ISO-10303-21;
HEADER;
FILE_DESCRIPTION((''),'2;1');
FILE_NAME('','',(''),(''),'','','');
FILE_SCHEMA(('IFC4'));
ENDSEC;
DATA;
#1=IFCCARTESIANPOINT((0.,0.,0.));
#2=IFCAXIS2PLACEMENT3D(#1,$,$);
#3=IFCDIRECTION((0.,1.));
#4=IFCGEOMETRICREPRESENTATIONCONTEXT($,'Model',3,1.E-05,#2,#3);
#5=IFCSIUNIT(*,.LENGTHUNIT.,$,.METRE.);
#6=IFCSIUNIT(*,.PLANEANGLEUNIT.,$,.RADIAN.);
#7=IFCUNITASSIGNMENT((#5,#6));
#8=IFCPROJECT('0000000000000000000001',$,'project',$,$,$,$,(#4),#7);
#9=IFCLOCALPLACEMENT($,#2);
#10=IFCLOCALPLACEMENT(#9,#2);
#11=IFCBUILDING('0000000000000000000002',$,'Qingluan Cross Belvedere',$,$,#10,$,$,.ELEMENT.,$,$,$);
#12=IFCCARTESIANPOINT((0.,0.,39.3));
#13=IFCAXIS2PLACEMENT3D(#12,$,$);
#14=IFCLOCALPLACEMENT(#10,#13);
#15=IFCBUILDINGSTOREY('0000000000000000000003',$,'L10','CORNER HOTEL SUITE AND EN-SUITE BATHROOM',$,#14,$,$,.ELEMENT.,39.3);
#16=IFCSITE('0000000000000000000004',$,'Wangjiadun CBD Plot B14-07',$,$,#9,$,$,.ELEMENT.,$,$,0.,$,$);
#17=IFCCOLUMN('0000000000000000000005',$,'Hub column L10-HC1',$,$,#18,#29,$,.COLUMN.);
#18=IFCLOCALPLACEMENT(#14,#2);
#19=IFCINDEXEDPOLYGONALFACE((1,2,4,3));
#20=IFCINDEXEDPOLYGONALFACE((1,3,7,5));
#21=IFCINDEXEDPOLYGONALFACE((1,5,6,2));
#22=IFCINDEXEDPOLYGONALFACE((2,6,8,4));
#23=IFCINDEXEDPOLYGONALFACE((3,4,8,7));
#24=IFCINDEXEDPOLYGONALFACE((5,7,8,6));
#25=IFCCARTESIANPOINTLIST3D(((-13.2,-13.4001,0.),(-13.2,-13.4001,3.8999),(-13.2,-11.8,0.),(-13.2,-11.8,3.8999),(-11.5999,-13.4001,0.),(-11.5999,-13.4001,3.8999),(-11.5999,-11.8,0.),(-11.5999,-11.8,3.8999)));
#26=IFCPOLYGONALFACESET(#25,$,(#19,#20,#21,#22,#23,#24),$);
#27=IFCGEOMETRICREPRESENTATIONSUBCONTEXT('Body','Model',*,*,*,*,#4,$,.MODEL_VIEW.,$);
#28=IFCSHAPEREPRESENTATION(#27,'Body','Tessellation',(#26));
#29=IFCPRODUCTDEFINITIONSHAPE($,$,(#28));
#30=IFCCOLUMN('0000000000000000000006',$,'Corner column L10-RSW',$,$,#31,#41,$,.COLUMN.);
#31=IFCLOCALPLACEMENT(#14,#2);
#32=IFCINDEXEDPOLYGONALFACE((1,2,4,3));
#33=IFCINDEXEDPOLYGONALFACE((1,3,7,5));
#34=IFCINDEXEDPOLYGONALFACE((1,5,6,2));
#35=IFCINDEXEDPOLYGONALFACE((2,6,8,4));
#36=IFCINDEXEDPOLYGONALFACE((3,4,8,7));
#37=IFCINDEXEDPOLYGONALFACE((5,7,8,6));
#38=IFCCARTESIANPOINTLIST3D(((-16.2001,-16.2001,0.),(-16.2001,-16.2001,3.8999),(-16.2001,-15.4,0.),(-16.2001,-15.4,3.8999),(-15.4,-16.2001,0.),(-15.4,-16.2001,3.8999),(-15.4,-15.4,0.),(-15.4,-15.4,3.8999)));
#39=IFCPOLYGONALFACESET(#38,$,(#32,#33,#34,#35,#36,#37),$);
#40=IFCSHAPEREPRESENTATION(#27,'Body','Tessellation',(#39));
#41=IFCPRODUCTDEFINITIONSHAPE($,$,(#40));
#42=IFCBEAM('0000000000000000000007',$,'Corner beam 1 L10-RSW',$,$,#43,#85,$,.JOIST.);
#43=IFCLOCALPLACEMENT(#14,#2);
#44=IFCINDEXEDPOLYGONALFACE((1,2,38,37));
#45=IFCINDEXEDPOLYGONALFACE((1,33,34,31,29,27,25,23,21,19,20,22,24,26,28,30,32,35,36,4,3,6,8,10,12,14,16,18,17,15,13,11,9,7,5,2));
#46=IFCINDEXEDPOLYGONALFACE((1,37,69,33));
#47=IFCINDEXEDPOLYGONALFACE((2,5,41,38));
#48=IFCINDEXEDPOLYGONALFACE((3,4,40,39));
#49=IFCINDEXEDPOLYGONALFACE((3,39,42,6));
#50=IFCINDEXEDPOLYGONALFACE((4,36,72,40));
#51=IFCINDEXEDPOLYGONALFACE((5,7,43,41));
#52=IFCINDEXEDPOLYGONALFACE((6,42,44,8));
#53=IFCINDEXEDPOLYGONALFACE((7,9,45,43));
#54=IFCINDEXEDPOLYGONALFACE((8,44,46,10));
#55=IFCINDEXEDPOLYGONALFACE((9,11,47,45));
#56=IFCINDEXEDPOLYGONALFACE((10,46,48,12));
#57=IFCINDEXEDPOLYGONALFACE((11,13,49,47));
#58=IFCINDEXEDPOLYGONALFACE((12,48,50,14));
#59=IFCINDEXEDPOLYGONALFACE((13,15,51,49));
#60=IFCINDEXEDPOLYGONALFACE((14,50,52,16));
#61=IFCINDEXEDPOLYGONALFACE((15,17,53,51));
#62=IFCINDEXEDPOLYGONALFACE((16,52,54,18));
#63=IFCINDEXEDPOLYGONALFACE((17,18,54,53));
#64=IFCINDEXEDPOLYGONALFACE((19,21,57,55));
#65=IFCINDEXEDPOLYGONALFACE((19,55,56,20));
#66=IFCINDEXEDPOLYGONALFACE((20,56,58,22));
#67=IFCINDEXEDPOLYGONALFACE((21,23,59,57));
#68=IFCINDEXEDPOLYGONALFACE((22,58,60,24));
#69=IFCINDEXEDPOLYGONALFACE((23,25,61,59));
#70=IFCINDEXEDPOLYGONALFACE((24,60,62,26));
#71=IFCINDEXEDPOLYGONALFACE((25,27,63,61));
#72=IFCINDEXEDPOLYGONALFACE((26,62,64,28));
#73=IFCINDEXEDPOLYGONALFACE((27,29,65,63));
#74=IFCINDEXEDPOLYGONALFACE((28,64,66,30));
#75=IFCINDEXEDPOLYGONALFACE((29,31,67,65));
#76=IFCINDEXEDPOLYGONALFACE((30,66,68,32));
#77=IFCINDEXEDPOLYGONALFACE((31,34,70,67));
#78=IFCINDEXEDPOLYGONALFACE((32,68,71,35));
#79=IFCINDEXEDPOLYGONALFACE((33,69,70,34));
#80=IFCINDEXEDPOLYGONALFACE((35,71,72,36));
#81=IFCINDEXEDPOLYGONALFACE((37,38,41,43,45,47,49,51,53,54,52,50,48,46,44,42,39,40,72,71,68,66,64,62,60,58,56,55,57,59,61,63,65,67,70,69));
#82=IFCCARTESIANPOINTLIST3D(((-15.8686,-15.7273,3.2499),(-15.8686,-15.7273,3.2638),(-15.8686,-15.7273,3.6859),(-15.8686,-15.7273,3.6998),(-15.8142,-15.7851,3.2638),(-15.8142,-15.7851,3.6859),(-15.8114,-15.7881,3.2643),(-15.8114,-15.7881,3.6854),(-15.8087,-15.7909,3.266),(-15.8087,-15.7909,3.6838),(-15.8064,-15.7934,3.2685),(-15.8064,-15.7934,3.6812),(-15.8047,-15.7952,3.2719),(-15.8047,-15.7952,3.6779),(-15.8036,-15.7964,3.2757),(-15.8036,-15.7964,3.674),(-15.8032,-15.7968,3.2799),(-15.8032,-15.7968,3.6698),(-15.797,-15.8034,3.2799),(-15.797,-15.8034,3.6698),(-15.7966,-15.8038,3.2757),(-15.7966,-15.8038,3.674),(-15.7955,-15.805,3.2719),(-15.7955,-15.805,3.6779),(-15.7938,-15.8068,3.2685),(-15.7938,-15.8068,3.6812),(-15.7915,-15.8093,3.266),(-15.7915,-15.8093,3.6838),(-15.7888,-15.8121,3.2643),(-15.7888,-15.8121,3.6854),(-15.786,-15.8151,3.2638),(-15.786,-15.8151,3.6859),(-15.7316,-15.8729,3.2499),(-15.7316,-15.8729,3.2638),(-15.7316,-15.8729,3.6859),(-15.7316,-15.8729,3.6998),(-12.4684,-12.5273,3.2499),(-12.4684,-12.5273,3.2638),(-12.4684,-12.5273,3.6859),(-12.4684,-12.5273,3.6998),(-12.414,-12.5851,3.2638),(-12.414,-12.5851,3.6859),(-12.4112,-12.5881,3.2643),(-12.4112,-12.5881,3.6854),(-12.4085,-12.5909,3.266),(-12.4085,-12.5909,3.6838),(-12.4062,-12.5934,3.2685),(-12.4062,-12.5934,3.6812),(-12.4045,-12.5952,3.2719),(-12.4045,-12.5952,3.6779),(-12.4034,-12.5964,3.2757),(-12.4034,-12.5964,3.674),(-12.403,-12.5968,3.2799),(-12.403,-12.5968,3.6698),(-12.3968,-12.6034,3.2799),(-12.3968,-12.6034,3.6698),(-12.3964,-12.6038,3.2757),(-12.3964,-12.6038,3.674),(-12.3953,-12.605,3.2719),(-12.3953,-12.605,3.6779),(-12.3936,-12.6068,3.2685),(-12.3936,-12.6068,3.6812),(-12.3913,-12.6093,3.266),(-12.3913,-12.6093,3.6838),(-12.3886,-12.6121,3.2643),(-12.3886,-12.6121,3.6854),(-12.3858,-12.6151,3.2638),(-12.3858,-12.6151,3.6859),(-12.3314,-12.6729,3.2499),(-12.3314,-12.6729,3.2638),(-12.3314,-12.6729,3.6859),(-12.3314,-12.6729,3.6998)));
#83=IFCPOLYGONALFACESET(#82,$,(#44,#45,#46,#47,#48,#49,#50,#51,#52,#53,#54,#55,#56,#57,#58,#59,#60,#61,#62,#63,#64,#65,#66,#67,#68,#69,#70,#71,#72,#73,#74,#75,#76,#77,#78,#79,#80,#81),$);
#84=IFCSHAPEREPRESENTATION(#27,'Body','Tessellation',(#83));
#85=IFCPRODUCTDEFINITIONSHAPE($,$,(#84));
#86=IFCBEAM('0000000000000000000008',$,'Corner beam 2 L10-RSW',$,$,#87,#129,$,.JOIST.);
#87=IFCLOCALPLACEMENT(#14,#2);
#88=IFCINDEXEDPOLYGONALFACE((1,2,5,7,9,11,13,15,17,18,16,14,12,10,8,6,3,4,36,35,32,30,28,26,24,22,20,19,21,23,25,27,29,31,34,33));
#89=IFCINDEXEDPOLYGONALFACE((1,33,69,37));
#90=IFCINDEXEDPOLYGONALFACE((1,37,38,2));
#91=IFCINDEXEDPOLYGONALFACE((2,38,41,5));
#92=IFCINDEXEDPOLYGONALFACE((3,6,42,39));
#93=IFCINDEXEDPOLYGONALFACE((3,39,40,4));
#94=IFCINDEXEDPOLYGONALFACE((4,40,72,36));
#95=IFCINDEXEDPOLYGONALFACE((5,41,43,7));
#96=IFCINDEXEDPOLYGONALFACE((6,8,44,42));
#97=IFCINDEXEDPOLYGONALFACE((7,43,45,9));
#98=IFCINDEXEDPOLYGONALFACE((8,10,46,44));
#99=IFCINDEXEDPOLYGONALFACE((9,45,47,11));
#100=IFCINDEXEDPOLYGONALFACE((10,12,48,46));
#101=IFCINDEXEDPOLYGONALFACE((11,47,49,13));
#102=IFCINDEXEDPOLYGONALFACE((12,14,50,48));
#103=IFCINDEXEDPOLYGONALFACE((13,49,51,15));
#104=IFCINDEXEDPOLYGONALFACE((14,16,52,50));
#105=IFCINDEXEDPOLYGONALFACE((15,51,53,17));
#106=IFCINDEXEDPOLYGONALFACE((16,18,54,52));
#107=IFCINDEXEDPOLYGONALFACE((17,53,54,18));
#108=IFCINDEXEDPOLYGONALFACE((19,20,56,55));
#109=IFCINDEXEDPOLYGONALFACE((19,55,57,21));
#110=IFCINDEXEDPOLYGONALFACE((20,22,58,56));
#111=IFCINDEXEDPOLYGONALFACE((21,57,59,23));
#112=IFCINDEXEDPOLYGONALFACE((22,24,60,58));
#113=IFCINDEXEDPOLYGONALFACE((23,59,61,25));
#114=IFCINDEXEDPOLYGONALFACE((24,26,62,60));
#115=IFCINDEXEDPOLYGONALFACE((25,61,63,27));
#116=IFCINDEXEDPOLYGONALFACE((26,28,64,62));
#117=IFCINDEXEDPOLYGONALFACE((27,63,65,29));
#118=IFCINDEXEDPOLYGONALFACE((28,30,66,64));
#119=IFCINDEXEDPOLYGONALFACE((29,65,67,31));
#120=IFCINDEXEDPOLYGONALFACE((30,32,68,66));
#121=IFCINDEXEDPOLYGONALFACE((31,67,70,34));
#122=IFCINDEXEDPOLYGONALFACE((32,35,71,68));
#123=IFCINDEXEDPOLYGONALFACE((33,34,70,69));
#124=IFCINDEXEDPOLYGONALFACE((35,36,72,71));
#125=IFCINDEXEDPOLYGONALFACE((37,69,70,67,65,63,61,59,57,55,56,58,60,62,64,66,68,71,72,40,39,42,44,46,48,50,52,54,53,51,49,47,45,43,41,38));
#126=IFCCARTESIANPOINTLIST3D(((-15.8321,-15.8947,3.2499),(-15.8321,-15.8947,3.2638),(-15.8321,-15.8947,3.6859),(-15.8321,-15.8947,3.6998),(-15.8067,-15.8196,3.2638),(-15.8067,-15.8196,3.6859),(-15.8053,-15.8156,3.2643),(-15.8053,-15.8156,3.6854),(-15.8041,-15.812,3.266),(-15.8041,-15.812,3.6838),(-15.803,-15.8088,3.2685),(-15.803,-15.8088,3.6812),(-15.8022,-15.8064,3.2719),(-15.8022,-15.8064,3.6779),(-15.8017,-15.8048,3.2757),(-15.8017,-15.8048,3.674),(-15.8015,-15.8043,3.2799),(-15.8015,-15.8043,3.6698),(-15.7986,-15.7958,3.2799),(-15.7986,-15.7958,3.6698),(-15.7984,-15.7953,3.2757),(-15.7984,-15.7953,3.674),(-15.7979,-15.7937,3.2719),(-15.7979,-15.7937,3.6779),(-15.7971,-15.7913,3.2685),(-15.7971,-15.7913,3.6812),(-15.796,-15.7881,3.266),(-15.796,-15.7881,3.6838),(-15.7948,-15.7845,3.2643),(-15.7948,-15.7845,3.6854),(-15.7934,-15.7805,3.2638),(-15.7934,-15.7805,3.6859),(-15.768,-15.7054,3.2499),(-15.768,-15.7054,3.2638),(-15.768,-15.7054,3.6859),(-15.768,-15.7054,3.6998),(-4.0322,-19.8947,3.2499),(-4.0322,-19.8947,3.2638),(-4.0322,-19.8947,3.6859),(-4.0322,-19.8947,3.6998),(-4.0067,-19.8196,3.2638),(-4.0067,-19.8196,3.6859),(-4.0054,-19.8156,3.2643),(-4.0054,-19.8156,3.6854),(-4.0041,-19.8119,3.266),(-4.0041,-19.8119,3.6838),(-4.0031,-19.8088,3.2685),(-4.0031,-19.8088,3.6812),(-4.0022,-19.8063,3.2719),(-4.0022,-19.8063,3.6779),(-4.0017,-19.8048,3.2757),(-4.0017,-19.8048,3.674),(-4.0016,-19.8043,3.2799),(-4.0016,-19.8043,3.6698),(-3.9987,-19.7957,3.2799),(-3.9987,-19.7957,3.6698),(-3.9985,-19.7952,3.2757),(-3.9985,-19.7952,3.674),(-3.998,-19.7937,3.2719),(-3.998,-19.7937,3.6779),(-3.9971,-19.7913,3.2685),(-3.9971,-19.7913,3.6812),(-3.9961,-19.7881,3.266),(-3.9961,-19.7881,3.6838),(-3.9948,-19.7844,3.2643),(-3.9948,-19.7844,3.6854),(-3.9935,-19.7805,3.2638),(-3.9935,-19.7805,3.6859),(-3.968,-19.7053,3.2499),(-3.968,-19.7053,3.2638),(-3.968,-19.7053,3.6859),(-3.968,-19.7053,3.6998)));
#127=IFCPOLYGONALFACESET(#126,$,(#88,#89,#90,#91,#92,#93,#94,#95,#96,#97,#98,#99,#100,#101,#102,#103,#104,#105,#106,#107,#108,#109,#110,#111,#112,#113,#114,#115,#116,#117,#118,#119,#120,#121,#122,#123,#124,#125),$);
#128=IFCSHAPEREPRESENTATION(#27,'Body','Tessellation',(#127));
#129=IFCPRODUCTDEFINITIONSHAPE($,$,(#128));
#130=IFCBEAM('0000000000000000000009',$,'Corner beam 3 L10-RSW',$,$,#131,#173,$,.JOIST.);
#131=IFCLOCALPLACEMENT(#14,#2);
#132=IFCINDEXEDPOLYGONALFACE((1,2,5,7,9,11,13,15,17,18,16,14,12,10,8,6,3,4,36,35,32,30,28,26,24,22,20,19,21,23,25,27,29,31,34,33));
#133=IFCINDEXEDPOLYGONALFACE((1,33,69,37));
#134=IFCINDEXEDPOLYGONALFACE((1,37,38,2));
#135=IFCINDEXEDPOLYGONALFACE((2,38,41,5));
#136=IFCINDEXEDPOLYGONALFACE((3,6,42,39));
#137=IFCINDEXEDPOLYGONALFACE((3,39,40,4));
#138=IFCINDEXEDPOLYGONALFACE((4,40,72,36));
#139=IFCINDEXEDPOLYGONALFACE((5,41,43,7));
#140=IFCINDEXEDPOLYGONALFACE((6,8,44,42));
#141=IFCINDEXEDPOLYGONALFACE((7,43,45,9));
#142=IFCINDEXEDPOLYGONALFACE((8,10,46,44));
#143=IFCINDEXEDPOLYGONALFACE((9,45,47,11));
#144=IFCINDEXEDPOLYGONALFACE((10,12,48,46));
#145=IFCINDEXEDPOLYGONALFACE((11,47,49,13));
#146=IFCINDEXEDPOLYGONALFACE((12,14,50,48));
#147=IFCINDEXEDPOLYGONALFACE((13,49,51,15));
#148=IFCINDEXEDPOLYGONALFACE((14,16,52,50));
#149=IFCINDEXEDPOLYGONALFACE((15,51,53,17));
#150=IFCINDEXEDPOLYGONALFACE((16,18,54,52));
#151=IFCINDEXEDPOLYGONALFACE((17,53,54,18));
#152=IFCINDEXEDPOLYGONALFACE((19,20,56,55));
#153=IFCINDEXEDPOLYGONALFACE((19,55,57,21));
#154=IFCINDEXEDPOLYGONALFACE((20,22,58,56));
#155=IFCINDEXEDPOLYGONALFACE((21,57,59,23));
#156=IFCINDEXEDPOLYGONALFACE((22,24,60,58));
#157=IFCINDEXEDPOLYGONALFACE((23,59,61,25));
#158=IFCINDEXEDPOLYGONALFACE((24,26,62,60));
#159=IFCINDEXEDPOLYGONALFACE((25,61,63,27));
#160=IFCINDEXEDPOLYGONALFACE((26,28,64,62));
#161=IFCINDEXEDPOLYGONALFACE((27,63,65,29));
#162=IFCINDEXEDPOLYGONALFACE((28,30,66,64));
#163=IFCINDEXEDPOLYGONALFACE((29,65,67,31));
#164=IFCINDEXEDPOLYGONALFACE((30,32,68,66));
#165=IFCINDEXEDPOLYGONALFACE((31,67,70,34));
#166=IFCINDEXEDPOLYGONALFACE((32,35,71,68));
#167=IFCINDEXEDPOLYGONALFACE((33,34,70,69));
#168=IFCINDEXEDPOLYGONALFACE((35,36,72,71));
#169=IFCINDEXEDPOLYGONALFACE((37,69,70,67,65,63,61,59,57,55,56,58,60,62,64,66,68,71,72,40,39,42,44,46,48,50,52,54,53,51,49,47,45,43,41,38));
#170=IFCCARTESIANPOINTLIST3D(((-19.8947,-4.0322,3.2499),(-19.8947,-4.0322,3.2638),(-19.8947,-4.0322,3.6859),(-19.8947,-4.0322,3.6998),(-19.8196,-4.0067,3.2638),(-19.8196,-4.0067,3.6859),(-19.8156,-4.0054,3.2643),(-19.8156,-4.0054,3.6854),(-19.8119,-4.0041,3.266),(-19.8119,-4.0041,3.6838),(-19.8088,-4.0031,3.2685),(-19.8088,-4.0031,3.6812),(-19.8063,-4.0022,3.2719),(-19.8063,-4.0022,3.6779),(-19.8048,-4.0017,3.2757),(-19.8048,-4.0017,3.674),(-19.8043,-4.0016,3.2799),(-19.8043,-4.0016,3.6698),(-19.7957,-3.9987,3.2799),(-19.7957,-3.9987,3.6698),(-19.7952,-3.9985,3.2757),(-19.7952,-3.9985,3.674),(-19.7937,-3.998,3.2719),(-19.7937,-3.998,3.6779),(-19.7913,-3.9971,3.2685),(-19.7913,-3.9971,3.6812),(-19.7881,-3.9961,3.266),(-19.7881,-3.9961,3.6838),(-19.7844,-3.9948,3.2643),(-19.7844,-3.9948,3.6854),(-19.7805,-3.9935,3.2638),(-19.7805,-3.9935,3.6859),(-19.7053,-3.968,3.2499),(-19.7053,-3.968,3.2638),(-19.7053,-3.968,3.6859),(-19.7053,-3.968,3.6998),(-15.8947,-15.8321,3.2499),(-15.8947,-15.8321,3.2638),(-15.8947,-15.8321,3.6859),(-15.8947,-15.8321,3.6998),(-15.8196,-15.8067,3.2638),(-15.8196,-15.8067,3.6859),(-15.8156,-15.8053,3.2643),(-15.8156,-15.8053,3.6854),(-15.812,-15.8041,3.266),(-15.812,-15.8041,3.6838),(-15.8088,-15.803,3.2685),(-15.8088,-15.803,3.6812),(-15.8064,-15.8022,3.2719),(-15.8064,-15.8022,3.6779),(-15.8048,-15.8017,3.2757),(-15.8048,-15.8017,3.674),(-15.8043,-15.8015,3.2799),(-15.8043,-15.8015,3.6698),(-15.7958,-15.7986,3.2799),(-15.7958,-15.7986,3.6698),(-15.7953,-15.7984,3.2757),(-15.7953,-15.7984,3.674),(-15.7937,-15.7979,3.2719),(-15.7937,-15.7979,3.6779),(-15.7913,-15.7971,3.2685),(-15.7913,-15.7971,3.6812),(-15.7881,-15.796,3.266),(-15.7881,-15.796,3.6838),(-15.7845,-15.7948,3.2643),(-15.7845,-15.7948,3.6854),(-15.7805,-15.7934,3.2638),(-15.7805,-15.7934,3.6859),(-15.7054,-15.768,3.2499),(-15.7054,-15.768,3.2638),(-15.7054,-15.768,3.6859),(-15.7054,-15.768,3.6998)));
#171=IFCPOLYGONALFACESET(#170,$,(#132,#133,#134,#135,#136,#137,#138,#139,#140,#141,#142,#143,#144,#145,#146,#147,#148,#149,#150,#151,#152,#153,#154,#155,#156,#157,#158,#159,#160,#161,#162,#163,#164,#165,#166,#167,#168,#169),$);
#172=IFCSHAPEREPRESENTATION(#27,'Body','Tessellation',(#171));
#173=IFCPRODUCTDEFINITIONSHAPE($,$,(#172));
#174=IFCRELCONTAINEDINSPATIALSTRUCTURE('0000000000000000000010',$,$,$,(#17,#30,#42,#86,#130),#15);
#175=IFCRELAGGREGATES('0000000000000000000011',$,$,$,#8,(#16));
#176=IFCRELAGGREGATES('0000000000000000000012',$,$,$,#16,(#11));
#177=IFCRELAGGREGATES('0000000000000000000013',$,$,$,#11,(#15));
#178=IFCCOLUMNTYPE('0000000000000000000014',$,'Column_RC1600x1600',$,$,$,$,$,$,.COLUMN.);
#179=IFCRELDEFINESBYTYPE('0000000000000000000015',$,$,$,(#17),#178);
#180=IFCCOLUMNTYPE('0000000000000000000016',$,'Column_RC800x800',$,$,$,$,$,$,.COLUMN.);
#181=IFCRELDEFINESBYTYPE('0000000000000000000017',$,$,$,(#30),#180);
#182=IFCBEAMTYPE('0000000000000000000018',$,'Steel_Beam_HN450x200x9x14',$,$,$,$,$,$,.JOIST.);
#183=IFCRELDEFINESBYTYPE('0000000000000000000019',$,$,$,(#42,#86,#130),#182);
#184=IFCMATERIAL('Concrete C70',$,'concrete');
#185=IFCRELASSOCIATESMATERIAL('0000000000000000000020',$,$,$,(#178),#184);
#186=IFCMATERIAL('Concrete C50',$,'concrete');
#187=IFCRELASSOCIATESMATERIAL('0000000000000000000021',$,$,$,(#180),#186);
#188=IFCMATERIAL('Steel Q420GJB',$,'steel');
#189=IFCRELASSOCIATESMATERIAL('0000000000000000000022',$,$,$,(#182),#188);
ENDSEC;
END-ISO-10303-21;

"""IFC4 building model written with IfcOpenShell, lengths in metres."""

from ifc_helpers import new_model, si_unit, direction, frame, origin, origin_2d, place, context, subcontext, project, spatial, rectangle, i_section, extrude, material, material_profile, profile_set, type_object, element, save


model = new_model("IFC4")

# Units and contexts
model_context = context("Model", 3, precision=1e-05, world=origin(), true_north=direction((0.0, 1.0)))
body_context = subcontext(model_context, "Body", "Model", "MODEL_VIEW")
ifc_project = project(units=[si_unit("LENGTHUNIT", "METRE"), si_unit("PLANEANGLEUNIT", "RADIAN")], contexts=[model_context])

# Site, building, storey
site_placement = place(None, origin())
site = spatial("IfcSite", under=ifc_project, at=site_placement, Name="Wangjiadun CBD Plot B14-07", CompositionType="ELEMENT", RefElevation=0.0)
building_placement = place(site_placement, origin())
building = spatial("IfcBuilding", under=site, at=building_placement, Name="Qingluan Cross Belvedere", CompositionType="ELEMENT")
storey_placement = place(building_placement, frame((0.0, 0.0, 39.3)))
storey = spatial("IfcBuildingStorey", under=building, at=storey_placement, Name="L10", Description="CORNER HOTEL SUITE AND EN-SUITE BATHROOM", CompositionType="ELEMENT", Elevation=39.3)

# Columns
ifc_material_1 = material(Name="Concrete C70", Category="concrete")
ifc_material_profile_1 = material_profile(ifc_material_1, rectangle(XDim=1.6001, YDim=1.6001, at=origin_2d()), Name="RC1600x1600")
ifc_profile_set_1 = profile_set([ifc_material_profile_1], Name="Concrete C70")
column_type_1 = type_object("IfcColumnType", Name="Column_RC1600x1600", PredefinedType="COLUMN", material=ifc_profile_set_1)
column_1_placement = place(storey_placement, frame((-12.3999, -12.6001, 0.0), z_axis=(0.0, 0.0, 1.0), x_axis=(1.0, 0.0, 0.0)))
element("IfcColumn", 1, at=column_1_placement, inside=storey, type_object=column_type_1, Name="Hub column L10-HC1", PredefinedType="COLUMN", context=body_context, shape_type="SweptSolid", body=[
    extrude(rectangle(XDim=1.6001, YDim=1.6001, at=origin_2d()), origin(), (0.0, 0.0, 1.0), 3.8999),
])
ifc_material_2 = material(Name="Concrete C50", Category="concrete")
ifc_material_profile_2 = material_profile(ifc_material_2, rectangle(XDim=0.8, YDim=0.8, at=origin_2d()), Name="RC800x800")
ifc_profile_set_2 = profile_set([ifc_material_profile_2], Name="Concrete C50")
column_type_2 = type_object("IfcColumnType", Name="Column_RC800x800", PredefinedType="COLUMN", material=ifc_profile_set_2)
column_2_placement = place(storey_placement, frame((-15.8, -15.8, 0.0), z_axis=(0.0, 0.0, 1.0), x_axis=(1.0, 0.0, 0.0)))
element("IfcColumn", 2, at=column_2_placement, inside=storey, type_object=column_type_2, Name="Corner column L10-RSW", PredefinedType="COLUMN", context=body_context, shape_type="SweptSolid", body=[
    extrude(rectangle(XDim=0.8, YDim=0.8, at=origin_2d()), origin(), (0.0, 0.0, 1.0), 3.8999),
])

# Beams
ifc_material_3 = material(Name="Steel Q420GJB", Category="steel")
ifc_material_profile_3 = material_profile(ifc_material_3, i_section(OverallWidth=0.2, OverallDepth=0.45, WebThickness=0.009, FlangeThickness=0.0139, FilletRadius=0.0161, at=origin_2d()), Name="HN450x200x9x14")
ifc_profile_set_3 = profile_set([ifc_material_profile_3], Name="Steel Q420GJB")
beam_type_1 = type_object("IfcBeamType", Name="Steel_Beam_HN450x200x9x14", PredefinedType="JOIST", material=ifc_profile_set_3)
beam_1_placement = place(storey_placement, frame((-12.3999, -12.6001, 3.4749), z_axis=(-0.72822, -0.685343, 0.0), x_axis=(0.685343, -0.72822, 0.0)))
element("IfcBeam", 3, at=beam_1_placement, inside=storey, type_object=beam_type_1, Name="Corner beam 1 L10-RSW", PredefinedType="JOIST", context=body_context, shape_type="SweptSolid", body=[
    extrude(i_section(OverallWidth=0.2, OverallDepth=0.45, WebThickness=0.009, FlangeThickness=0.0139, FilletRadius=0.0161, at=origin_2d()), origin(), (0.0, 0.0, 1.0), 4.6692),
])
for number, where, z_axis, x_axis, name in (
    (4, (-15.8, -15.8, 3.4749), (0.947066, -0.321038, 0.0), (0.321038, 0.947066, 0.0), "Corner beam 2 L10-RSW"),
    (5, (-15.8, -15.8, 3.4749), (-0.321038, 0.947066, 0.0), (-0.947066, -0.321038, 0.0), "Corner beam 3 L10-RSW"),
):
    element("IfcBeam", number, at=place(storey_placement, frame(where, z_axis=z_axis, x_axis=x_axis)), inside=storey, type_object=beam_type_1, Name=name, PredefinedType="JOIST", context=body_context, shape_type="SweptSolid", body=[
        extrude(i_section(OverallWidth=0.2, OverallDepth=0.45, WebThickness=0.009, FlangeThickness=0.0139, FilletRadius=0.0161, at=origin_2d()), origin(), (0.0, 0.0, 1.0), 12.4595),
    ])

save(model, "model.ifc")
